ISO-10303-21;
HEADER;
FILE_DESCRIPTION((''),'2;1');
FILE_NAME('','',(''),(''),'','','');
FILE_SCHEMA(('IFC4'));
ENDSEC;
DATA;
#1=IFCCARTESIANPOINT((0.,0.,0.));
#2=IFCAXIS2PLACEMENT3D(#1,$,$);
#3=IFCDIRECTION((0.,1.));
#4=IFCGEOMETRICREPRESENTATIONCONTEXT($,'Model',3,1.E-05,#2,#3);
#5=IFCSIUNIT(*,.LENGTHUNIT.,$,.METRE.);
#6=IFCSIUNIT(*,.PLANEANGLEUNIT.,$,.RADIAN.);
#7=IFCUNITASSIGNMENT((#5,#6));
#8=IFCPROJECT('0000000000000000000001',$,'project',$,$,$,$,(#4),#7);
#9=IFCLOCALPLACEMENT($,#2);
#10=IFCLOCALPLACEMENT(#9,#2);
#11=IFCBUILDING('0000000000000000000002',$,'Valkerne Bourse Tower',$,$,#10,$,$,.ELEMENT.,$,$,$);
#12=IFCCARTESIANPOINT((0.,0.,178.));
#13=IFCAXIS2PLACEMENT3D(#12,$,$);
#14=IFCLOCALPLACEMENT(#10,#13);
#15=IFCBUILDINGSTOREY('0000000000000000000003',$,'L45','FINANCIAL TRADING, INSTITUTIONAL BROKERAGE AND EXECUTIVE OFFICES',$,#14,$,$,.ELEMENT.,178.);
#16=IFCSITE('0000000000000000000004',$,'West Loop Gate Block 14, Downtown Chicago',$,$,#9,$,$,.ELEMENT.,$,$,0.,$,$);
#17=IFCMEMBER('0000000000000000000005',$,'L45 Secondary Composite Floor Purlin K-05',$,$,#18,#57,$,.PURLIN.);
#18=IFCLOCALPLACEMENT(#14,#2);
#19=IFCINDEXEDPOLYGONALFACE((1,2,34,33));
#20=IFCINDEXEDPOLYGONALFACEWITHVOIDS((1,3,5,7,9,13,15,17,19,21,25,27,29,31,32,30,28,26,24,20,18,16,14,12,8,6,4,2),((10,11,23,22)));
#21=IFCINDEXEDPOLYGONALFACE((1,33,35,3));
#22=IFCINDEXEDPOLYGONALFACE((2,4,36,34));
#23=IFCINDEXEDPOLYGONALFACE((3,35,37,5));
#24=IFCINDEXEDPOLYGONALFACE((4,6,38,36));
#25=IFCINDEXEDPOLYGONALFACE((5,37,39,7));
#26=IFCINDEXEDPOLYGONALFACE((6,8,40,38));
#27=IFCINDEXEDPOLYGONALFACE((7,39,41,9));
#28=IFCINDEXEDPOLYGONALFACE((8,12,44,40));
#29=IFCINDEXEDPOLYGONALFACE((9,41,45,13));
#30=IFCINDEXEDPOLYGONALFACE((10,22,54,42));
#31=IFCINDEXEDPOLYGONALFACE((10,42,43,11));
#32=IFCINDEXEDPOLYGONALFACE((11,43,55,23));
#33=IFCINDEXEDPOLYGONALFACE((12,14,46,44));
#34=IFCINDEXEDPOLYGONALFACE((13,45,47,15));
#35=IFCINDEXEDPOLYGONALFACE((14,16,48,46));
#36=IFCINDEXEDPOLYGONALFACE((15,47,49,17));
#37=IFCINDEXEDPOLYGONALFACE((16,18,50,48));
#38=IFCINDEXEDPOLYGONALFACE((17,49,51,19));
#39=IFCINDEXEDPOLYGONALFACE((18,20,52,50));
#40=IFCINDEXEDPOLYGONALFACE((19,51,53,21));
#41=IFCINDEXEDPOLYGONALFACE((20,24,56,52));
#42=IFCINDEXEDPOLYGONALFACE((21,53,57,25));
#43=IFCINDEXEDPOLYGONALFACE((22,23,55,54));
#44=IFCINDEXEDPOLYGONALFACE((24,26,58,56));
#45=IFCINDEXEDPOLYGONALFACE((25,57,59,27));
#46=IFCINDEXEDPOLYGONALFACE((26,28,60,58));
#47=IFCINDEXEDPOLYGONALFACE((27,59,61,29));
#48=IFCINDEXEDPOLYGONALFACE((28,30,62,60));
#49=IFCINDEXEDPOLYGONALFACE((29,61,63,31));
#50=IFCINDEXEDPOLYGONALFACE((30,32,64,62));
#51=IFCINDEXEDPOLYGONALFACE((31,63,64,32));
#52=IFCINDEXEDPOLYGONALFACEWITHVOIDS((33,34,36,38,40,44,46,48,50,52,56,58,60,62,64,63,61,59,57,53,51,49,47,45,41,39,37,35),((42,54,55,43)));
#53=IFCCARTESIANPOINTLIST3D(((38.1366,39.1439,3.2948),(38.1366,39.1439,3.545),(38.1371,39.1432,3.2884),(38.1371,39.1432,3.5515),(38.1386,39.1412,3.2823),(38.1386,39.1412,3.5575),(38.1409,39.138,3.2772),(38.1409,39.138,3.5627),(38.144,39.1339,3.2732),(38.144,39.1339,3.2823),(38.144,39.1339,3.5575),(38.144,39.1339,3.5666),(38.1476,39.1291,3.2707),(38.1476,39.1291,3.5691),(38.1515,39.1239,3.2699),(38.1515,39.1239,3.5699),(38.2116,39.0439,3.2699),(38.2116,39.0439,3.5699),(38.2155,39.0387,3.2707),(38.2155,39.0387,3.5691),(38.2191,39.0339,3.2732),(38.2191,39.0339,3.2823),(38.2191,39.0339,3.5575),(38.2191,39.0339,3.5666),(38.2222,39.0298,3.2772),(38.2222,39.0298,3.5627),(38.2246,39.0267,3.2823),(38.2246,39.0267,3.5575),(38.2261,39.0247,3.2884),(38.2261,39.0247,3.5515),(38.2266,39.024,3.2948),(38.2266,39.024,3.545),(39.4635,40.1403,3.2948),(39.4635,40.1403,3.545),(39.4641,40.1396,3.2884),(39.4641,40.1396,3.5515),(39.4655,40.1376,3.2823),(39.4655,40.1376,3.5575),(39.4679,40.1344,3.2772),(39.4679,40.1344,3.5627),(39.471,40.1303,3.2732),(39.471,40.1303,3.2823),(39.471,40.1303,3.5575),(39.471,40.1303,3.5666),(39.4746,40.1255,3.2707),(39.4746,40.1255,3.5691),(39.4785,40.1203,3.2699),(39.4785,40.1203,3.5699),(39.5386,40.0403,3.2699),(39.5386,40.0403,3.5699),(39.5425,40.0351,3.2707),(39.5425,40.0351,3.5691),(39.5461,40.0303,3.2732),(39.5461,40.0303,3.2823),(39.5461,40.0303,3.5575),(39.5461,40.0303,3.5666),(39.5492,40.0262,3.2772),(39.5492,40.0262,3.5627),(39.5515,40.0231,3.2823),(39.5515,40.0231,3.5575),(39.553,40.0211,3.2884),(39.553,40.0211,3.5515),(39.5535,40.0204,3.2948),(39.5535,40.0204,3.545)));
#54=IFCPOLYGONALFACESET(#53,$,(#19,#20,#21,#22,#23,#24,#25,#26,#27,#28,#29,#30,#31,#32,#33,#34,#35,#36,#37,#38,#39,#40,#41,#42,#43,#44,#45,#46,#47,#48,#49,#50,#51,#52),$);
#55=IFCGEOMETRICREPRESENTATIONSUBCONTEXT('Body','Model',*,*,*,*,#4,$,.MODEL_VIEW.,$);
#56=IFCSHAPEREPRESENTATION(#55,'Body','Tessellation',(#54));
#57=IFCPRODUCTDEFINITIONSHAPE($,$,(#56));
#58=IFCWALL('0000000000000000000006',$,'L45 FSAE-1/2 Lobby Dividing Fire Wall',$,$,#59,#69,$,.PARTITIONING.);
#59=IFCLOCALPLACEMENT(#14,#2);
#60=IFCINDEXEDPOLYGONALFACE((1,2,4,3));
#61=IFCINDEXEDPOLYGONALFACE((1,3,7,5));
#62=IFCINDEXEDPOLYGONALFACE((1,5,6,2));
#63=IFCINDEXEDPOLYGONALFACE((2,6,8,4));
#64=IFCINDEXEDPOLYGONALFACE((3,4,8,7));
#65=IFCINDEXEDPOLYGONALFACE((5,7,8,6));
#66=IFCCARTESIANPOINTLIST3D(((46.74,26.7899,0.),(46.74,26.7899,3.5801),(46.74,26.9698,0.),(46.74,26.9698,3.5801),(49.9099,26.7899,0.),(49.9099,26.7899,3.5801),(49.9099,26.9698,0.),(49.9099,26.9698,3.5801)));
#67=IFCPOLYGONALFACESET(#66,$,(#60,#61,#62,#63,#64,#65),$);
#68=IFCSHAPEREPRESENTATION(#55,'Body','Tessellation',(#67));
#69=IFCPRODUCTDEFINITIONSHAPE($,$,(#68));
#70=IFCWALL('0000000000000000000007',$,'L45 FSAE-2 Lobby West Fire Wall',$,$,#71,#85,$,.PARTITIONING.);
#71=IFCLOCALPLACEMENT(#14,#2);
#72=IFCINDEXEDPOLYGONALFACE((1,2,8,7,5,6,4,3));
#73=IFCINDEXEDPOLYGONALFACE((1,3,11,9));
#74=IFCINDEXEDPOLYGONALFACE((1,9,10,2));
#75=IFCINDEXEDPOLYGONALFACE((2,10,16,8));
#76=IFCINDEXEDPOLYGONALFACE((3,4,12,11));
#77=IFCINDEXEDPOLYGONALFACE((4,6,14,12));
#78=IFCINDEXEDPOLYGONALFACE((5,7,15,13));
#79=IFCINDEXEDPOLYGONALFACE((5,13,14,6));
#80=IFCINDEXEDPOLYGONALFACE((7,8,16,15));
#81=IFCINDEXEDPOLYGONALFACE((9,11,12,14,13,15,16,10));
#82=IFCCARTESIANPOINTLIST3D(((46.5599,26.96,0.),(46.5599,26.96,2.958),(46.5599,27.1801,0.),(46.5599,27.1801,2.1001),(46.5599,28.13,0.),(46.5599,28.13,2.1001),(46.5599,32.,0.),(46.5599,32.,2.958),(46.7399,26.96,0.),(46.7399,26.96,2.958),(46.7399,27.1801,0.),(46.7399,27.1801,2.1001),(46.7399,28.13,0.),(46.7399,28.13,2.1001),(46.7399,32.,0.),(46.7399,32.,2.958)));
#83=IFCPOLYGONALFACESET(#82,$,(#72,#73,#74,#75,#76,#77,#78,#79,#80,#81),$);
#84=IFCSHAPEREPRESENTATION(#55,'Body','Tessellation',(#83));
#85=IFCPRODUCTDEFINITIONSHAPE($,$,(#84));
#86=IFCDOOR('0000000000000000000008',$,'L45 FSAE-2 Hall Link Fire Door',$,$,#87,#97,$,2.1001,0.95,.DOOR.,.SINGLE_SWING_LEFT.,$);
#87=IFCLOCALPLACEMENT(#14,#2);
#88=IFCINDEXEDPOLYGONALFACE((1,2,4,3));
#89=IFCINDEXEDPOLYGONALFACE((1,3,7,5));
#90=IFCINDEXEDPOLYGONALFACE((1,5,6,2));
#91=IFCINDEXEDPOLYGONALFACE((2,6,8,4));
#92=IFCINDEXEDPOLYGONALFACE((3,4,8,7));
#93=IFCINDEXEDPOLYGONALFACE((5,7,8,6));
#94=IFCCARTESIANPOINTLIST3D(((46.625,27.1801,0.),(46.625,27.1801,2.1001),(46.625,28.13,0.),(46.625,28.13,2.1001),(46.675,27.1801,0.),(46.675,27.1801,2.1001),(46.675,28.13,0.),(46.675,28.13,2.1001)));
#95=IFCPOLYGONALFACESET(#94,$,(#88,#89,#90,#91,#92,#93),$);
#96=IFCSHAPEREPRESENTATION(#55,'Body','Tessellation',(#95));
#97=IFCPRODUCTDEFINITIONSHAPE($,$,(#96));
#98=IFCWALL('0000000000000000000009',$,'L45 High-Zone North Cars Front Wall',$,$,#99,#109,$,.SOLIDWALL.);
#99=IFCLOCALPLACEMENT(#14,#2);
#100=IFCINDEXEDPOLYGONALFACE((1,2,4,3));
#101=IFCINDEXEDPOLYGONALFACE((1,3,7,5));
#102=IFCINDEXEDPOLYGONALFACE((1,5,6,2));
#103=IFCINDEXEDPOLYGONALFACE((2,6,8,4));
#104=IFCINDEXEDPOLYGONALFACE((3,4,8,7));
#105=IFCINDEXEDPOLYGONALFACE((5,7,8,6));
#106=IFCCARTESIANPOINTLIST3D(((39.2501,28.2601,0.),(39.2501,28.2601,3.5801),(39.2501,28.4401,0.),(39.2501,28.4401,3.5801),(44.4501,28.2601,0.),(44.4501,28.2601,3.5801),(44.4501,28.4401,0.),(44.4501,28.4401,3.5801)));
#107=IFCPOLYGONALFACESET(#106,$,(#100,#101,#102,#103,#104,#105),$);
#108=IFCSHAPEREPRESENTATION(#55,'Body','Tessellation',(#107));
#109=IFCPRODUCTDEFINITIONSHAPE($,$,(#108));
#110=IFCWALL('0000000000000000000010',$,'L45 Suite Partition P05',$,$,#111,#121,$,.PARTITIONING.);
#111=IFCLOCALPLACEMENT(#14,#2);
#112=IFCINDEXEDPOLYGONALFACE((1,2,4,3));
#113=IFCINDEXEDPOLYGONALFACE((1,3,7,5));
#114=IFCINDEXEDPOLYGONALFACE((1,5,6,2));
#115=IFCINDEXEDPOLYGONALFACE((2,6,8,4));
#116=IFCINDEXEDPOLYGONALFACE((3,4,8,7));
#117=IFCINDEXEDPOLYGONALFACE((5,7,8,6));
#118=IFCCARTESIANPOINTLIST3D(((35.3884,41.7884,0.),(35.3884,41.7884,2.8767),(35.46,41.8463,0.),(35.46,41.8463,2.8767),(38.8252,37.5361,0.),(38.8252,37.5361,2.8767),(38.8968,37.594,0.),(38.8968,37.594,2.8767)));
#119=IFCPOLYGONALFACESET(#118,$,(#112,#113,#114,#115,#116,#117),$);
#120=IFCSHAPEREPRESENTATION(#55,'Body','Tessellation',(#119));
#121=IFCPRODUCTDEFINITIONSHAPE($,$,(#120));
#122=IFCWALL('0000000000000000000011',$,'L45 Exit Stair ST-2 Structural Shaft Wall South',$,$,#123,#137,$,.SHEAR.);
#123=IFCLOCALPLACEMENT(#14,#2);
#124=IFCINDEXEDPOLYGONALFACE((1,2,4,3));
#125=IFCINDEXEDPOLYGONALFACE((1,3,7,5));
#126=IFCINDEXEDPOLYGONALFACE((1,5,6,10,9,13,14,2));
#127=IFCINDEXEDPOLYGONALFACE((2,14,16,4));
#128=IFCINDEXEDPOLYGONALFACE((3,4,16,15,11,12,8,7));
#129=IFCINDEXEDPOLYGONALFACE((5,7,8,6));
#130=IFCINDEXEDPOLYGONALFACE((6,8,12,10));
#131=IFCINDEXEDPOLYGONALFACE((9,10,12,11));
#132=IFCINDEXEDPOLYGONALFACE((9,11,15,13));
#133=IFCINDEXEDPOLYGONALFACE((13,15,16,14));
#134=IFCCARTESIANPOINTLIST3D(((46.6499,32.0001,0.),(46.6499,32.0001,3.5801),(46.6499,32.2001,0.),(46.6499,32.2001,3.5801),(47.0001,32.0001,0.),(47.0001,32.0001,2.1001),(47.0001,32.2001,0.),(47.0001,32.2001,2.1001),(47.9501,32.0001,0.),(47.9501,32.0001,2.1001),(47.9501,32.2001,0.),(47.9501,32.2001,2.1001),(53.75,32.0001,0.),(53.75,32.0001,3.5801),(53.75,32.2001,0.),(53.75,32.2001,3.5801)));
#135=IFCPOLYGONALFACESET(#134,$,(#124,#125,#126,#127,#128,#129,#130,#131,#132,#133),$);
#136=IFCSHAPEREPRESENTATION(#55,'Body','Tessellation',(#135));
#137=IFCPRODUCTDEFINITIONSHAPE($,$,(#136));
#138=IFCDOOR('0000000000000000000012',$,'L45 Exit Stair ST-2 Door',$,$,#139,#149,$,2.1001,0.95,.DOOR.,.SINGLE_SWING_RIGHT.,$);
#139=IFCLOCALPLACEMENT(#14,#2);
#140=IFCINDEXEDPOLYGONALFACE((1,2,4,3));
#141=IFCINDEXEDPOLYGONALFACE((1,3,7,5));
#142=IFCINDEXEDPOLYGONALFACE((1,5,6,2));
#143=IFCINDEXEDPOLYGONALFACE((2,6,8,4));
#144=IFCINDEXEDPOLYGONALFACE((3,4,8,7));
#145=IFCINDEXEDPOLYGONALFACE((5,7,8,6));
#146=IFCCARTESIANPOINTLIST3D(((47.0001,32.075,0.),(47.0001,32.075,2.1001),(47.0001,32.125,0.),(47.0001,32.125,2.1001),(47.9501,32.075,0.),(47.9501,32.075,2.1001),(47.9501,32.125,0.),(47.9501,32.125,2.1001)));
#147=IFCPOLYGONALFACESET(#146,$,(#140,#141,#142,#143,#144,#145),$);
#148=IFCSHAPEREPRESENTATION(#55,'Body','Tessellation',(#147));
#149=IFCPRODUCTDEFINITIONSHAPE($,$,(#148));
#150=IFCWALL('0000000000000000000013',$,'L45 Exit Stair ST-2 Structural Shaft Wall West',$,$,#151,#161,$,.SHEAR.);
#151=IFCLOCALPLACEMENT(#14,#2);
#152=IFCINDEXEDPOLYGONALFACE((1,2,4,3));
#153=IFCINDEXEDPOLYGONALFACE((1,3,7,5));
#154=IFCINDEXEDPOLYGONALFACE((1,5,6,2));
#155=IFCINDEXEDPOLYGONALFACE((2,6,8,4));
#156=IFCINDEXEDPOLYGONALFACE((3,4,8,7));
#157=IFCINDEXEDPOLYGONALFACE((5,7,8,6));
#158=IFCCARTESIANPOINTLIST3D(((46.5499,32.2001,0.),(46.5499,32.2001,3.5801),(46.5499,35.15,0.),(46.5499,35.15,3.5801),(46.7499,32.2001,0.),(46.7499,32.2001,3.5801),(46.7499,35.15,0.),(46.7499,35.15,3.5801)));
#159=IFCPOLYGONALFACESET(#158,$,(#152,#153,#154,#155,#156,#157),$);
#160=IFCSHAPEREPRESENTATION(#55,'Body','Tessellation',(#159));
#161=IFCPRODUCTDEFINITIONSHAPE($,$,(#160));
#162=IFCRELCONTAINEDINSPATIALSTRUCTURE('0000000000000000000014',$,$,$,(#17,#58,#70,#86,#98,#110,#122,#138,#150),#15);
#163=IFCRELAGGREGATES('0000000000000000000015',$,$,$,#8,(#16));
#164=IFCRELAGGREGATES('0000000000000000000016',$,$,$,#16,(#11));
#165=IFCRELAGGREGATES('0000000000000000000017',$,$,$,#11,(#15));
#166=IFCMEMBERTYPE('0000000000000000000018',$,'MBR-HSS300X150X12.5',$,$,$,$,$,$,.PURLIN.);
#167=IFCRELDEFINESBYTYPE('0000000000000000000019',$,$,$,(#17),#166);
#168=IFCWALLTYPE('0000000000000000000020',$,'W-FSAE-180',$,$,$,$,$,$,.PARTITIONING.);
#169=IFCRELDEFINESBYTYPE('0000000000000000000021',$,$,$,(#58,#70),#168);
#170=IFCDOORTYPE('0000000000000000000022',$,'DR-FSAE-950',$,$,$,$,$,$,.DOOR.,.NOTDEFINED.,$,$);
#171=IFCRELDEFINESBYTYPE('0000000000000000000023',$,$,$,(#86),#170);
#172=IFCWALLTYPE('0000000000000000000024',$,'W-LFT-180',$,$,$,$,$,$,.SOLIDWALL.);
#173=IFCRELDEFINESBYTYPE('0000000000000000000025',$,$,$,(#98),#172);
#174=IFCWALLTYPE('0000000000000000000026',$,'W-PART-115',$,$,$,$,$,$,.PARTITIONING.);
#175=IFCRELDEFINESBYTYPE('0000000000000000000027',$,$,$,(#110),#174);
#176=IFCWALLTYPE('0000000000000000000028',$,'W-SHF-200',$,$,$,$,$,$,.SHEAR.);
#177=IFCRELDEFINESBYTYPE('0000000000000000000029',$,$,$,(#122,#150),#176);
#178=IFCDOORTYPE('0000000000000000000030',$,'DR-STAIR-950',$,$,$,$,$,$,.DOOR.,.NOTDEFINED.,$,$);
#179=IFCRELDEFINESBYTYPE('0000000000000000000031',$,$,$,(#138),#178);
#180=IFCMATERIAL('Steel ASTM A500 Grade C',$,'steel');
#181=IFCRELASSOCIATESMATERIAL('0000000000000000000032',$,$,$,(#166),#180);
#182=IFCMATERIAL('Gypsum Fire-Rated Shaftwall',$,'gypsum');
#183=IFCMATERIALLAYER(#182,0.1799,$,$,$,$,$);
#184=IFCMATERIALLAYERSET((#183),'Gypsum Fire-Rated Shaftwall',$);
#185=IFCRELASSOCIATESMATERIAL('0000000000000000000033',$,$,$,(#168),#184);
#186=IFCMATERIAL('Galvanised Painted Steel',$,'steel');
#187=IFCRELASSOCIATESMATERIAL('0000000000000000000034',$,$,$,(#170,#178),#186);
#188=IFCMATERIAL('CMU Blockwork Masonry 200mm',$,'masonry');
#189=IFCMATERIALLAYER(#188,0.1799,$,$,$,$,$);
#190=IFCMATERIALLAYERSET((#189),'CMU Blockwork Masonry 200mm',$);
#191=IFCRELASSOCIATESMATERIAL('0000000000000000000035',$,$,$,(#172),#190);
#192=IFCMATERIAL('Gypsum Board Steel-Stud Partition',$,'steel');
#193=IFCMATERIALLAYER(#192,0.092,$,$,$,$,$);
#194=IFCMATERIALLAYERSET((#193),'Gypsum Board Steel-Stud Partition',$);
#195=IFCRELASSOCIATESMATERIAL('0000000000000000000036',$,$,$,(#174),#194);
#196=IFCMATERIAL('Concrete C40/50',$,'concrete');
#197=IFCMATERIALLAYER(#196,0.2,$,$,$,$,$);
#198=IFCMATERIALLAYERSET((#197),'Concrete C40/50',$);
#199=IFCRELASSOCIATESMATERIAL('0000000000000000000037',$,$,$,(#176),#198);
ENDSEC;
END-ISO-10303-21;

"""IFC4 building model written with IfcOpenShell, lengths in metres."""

from ifc_helpers import new_model, si_unit, direction, frame, frame_2d, origin, origin_2d, place, context, subcontext, project, spatial, rectangle, hollow_rectangle, extrude, material, layer, layer_set, material_profile, profile_set, type_object, element, fill, save


model = new_model("IFC4")

# Units and contexts
model_context = context("Model", 3, precision=1e-05, world=origin(), true_north=direction((0.0, 1.0)))
body_context = subcontext(model_context, "Body", "Model", "MODEL_VIEW")
ifc_project = project(units=[si_unit("LENGTHUNIT", "METRE"), si_unit("PLANEANGLEUNIT", "RADIAN")], contexts=[model_context])

# Site, building, storey
site_placement = place(None, origin())
site = spatial("IfcSite", under=ifc_project, at=site_placement, Name="West Loop Gate Block 14, Downtown Chicago", CompositionType="ELEMENT", RefElevation=0.0)
building_placement = place(site_placement, origin())
building = spatial("IfcBuilding", under=site, at=building_placement, Name="Valkerne Bourse Tower", CompositionType="ELEMENT")
storey_placement = place(building_placement, frame((0.0, 0.0, 178.0)))
storey = spatial("IfcBuildingStorey", under=building, at=storey_placement, Name="L45", Description="FINANCIAL TRADING, INSTITUTIONAL BROKERAGE AND EXECUTIVE OFFICES", CompositionType="ELEMENT", Elevation=178.0)

# Member
ifc_material_1 = material(Name="Steel ASTM A500 Grade C", Category="steel")
ifc_material_profile_1 = material_profile(ifc_material_1, hollow_rectangle(XDim=0.1499, YDim=0.3, WallThickness=0.0125, OuterFilletRadius=0.0249, at=origin_2d()), Name="HSS300X150X12.5")
ifc_profile_set_1 = profile_set([ifc_material_profile_1], Name="Steel ASTM A500 Grade C")
member_type = type_object("IfcMemberType", Name="MBR-HSS300X150X12.5", PredefinedType="PURLIN", material=ifc_profile_set_1)
member_placement = place(storey_placement, frame((39.5085, 40.0803, 3.4199), z_axis=(-0.799664, -0.600447, 0.0), x_axis=(0.600447, -0.799664, 0.0)))
element("IfcMember", 1, at=member_placement, inside=storey, type_object=member_type, Name="L45 Secondary Composite Floor Purlin K-05", PredefinedType="PURLIN", context=body_context, shape_type="SweptSolid", body=[
    extrude(hollow_rectangle(XDim=0.1499, YDim=0.3, WallThickness=0.0125, OuterFilletRadius=0.0249, at=origin_2d()), origin(), (0.0, 0.0, 1.0), 1.6594),
])

# Wall
ifc_material_2 = material(Name="Gypsum Fire-Rated Shaftwall", Category="gypsum")
ifc_layer_1 = layer(ifc_material_2, 0.1799)
ifc_layer_set_1 = layer_set([ifc_layer_1], Name="Gypsum Fire-Rated Shaftwall")
wall_type_1 = type_object("IfcWallType", Name="W-FSAE-180", PredefinedType="PARTITIONING", material=ifc_layer_set_1)
wall_1_placement = place(storey_placement, frame((46.74, 26.8799, 0.0), z_axis=(0.0, 0.0, 1.0), x_axis=(1.0, 0.0, 0.0)))
element("IfcWall", 2, at=wall_1_placement, inside=storey, type_object=wall_type_1, Name="L45 FSAE-1/2 Lobby Dividing Fire Wall", PredefinedType="PARTITIONING", context=body_context, shape_type="SweptSolid", body=[
    extrude(rectangle(XDim=3.1699, YDim=0.1799, at=frame_2d((1.585, 0.0))), origin(), (0.0, 0.0, 1.0), 3.5801),
])

# Wall, opening, door
wall_2_placement = place(storey_placement, frame((46.6499, 26.96, 0.0), z_axis=(0.0, 0.0, 1.0), x_axis=(0.0, 1.0, 0.0)))
wall_2 = element("IfcWall", 3, at=wall_2_placement, inside=storey, type_object=wall_type_1, Name="L45 FSAE-2 Lobby West Fire Wall", PredefinedType="PARTITIONING", context=body_context, shape_type="SweptSolid", body=[
    extrude(rectangle(XDim=5.04, YDim=0.1799, at=frame_2d((2.52, 0.0))), origin(), (0.0, 0.0, 1.0), 2.958),
])
opening_1_placement = place(wall_2_placement, frame((0.22, 0.0, 0.0)))
opening_1 = element("IfcOpeningElement", 4, at=opening_1_placement, cuts=wall_2, PredefinedType="OPENING", context=body_context, shape_type="SweptSolid", body=[
    extrude(rectangle(XDim=0.95, YDim=2.1001, at=frame_2d((0.4751, 1.05))), frame((0.0, 0.0999, 0.0), z_axis=(0.0, -1.0, 0.0), x_axis=(1.0, 0.0, 0.0)), (0.0, 0.0, 1.0), 0.2),
])
ifc_material_3 = material(Name="Galvanised Painted Steel", Category="steel")
door_type_1 = type_object("IfcDoorType", Name="DR-FSAE-950", OperationType="NOTDEFINED", PredefinedType="DOOR", material=ifc_material_3)
door_1_placement = place(opening_1_placement, origin())
door_1 = element("IfcDoor", 5, at=door_1_placement, inside=storey, type_object=door_type_1, Name="L45 FSAE-2 Hall Link Fire Door", OperationType="SINGLE_SWING_LEFT", OverallHeight=2.1001, OverallWidth=0.95, PredefinedType="DOOR", context=body_context, shape_type="SweptSolid", body=[
    extrude(rectangle(XDim=0.95, YDim=2.1001, at=frame_2d((0.4751, 1.05))), frame((0.0, 0.0249, 0.0), z_axis=(0.0, -1.0, 0.0), x_axis=(1.0, 0.0, 0.0)), (0.0, 0.0, 1.0), 0.05),
])
fill(opening_1, door_1)

# Shared definitions
ifc_material_4 = material(Name="CMU Blockwork Masonry 200mm", Category="masonry")
ifc_layer_2 = layer(ifc_material_4, 0.1799)
ifc_layer_set_2 = layer_set([ifc_layer_2], Name="CMU Blockwork Masonry 200mm")
wall_type_2 = type_object("IfcWallType", Name="W-LFT-180", PredefinedType="SOLIDWALL", material=ifc_layer_set_2)

# Walls
wall_3_placement = place(storey_placement, frame((39.25, 28.3501, 0.0), z_axis=(0.0, 0.0, 1.0), x_axis=(1.0, 0.0, 0.0)))
element("IfcWall", 6, at=wall_3_placement, inside=storey, type_object=wall_type_2, Name="L45 High-Zone North Cars Front Wall", PredefinedType="SOLIDWALL", context=body_context, shape_type="SweptSolid", body=[
    extrude(rectangle(XDim=5.2, YDim=0.1799, at=frame_2d((2.6001, 0.0))), origin(), (0.0, 0.0, 1.0), 3.5801),
])
ifc_material_5 = material(Name="Gypsum Board Steel-Stud Partition", Category="steel")
ifc_layer_3 = layer(ifc_material_5, 0.092)
ifc_layer_set_3 = layer_set([ifc_layer_3], Name="Gypsum Board Steel-Stud Partition")
wall_type_3 = type_object("IfcWallType", Name="W-PART-115", PredefinedType="PARTITIONING", material=ifc_layer_set_3)
wall_4_placement = place(storey_placement, frame((38.8611, 37.5649, 0.0), z_axis=(0.0, 0.0, 1.0), x_axis=(-0.628592, 0.777735, 0.0)))
element("IfcWall", 7, at=wall_4_placement, inside=storey, type_object=wall_type_3, Name="L45 Suite Partition P05", PredefinedType="PARTITIONING", context=body_context, shape_type="SweptSolid", body=[
    extrude(rectangle(XDim=5.4675, YDim=0.092, at=frame_2d((2.7339, 0.0))), origin(), (0.0, 0.0, 1.0), 2.8767),
])

# Wall, opening, door
ifc_material_6 = material(Name="Concrete C40/50", Category="concrete")
ifc_layer_4 = layer(ifc_material_6, 0.2)
ifc_layer_set_4 = layer_set([ifc_layer_4], Name="Concrete C40/50")
wall_type_4 = type_object("IfcWallType", Name="W-SHF-200", PredefinedType="SHEAR", material=ifc_layer_set_4)
wall_5_placement = place(storey_placement, frame((46.6499, 32.1001, 0.0), z_axis=(0.0, 0.0, 1.0), x_axis=(1.0, 0.0, 0.0)))
wall_5 = element("IfcWall", 8, at=wall_5_placement, inside=storey, type_object=wall_type_4, Name="L45 Exit Stair ST-2 Structural Shaft Wall South", PredefinedType="SHEAR", context=body_context, shape_type="SweptSolid", body=[
    extrude(rectangle(XDim=7.1001, YDim=0.2, at=frame_2d((3.55, 0.0))), origin(), (0.0, 0.0, 1.0), 3.5801),
])
opening_2_placement = place(wall_5_placement, frame((0.3501, 0.0, 0.0)))
opening_2 = element("IfcOpeningElement", 9, at=opening_2_placement, cuts=wall_5, PredefinedType="OPENING", context=body_context, shape_type="SweptSolid", body=[
    extrude(rectangle(XDim=0.95, YDim=2.1001, at=frame_2d((0.4751, 1.05))), frame((0.0, 0.1099, 0.0), z_axis=(0.0, -1.0, 0.0), x_axis=(1.0, 0.0, 0.0)), (0.0, 0.0, 1.0), 0.22),
])
door_type_2 = type_object("IfcDoorType", Name="DR-STAIR-950", OperationType="NOTDEFINED", PredefinedType="DOOR", material=ifc_material_3)
door_2_placement = place(opening_2_placement, origin())
door_2 = element("IfcDoor", 10, at=door_2_placement, inside=storey, type_object=door_type_2, Name="L45 Exit Stair ST-2 Door", OperationType="SINGLE_SWING_RIGHT", OverallHeight=2.1001, OverallWidth=0.95, PredefinedType="DOOR", context=body_context, shape_type="SweptSolid", body=[
    extrude(rectangle(XDim=0.95, YDim=2.1001, at=frame_2d((0.4751, 1.05))), frame((0.0, 0.0249, 0.0), z_axis=(0.0, -1.0, 0.0), x_axis=(1.0, 0.0, 0.0)), (0.0, 0.0, 1.0), 0.05),
])
fill(opening_2, door_2)

# Wall
wall_6_placement = place(storey_placement, frame((46.6499, 32.2, 0.0), z_axis=(0.0, 0.0, 1.0), x_axis=(0.0, 1.0, 0.0)))
element("IfcWall", 11, at=wall_6_placement, inside=storey, type_object=wall_type_4, Name="L45 Exit Stair ST-2 Structural Shaft Wall West", PredefinedType="SHEAR", context=body_context, shape_type="SweptSolid", body=[
    extrude(rectangle(XDim=2.95, YDim=0.2, at=frame_2d((1.4751, 0.0))), origin(), (0.0, 0.0, 1.0), 3.5801),
])

save(model, "model.ifc")
